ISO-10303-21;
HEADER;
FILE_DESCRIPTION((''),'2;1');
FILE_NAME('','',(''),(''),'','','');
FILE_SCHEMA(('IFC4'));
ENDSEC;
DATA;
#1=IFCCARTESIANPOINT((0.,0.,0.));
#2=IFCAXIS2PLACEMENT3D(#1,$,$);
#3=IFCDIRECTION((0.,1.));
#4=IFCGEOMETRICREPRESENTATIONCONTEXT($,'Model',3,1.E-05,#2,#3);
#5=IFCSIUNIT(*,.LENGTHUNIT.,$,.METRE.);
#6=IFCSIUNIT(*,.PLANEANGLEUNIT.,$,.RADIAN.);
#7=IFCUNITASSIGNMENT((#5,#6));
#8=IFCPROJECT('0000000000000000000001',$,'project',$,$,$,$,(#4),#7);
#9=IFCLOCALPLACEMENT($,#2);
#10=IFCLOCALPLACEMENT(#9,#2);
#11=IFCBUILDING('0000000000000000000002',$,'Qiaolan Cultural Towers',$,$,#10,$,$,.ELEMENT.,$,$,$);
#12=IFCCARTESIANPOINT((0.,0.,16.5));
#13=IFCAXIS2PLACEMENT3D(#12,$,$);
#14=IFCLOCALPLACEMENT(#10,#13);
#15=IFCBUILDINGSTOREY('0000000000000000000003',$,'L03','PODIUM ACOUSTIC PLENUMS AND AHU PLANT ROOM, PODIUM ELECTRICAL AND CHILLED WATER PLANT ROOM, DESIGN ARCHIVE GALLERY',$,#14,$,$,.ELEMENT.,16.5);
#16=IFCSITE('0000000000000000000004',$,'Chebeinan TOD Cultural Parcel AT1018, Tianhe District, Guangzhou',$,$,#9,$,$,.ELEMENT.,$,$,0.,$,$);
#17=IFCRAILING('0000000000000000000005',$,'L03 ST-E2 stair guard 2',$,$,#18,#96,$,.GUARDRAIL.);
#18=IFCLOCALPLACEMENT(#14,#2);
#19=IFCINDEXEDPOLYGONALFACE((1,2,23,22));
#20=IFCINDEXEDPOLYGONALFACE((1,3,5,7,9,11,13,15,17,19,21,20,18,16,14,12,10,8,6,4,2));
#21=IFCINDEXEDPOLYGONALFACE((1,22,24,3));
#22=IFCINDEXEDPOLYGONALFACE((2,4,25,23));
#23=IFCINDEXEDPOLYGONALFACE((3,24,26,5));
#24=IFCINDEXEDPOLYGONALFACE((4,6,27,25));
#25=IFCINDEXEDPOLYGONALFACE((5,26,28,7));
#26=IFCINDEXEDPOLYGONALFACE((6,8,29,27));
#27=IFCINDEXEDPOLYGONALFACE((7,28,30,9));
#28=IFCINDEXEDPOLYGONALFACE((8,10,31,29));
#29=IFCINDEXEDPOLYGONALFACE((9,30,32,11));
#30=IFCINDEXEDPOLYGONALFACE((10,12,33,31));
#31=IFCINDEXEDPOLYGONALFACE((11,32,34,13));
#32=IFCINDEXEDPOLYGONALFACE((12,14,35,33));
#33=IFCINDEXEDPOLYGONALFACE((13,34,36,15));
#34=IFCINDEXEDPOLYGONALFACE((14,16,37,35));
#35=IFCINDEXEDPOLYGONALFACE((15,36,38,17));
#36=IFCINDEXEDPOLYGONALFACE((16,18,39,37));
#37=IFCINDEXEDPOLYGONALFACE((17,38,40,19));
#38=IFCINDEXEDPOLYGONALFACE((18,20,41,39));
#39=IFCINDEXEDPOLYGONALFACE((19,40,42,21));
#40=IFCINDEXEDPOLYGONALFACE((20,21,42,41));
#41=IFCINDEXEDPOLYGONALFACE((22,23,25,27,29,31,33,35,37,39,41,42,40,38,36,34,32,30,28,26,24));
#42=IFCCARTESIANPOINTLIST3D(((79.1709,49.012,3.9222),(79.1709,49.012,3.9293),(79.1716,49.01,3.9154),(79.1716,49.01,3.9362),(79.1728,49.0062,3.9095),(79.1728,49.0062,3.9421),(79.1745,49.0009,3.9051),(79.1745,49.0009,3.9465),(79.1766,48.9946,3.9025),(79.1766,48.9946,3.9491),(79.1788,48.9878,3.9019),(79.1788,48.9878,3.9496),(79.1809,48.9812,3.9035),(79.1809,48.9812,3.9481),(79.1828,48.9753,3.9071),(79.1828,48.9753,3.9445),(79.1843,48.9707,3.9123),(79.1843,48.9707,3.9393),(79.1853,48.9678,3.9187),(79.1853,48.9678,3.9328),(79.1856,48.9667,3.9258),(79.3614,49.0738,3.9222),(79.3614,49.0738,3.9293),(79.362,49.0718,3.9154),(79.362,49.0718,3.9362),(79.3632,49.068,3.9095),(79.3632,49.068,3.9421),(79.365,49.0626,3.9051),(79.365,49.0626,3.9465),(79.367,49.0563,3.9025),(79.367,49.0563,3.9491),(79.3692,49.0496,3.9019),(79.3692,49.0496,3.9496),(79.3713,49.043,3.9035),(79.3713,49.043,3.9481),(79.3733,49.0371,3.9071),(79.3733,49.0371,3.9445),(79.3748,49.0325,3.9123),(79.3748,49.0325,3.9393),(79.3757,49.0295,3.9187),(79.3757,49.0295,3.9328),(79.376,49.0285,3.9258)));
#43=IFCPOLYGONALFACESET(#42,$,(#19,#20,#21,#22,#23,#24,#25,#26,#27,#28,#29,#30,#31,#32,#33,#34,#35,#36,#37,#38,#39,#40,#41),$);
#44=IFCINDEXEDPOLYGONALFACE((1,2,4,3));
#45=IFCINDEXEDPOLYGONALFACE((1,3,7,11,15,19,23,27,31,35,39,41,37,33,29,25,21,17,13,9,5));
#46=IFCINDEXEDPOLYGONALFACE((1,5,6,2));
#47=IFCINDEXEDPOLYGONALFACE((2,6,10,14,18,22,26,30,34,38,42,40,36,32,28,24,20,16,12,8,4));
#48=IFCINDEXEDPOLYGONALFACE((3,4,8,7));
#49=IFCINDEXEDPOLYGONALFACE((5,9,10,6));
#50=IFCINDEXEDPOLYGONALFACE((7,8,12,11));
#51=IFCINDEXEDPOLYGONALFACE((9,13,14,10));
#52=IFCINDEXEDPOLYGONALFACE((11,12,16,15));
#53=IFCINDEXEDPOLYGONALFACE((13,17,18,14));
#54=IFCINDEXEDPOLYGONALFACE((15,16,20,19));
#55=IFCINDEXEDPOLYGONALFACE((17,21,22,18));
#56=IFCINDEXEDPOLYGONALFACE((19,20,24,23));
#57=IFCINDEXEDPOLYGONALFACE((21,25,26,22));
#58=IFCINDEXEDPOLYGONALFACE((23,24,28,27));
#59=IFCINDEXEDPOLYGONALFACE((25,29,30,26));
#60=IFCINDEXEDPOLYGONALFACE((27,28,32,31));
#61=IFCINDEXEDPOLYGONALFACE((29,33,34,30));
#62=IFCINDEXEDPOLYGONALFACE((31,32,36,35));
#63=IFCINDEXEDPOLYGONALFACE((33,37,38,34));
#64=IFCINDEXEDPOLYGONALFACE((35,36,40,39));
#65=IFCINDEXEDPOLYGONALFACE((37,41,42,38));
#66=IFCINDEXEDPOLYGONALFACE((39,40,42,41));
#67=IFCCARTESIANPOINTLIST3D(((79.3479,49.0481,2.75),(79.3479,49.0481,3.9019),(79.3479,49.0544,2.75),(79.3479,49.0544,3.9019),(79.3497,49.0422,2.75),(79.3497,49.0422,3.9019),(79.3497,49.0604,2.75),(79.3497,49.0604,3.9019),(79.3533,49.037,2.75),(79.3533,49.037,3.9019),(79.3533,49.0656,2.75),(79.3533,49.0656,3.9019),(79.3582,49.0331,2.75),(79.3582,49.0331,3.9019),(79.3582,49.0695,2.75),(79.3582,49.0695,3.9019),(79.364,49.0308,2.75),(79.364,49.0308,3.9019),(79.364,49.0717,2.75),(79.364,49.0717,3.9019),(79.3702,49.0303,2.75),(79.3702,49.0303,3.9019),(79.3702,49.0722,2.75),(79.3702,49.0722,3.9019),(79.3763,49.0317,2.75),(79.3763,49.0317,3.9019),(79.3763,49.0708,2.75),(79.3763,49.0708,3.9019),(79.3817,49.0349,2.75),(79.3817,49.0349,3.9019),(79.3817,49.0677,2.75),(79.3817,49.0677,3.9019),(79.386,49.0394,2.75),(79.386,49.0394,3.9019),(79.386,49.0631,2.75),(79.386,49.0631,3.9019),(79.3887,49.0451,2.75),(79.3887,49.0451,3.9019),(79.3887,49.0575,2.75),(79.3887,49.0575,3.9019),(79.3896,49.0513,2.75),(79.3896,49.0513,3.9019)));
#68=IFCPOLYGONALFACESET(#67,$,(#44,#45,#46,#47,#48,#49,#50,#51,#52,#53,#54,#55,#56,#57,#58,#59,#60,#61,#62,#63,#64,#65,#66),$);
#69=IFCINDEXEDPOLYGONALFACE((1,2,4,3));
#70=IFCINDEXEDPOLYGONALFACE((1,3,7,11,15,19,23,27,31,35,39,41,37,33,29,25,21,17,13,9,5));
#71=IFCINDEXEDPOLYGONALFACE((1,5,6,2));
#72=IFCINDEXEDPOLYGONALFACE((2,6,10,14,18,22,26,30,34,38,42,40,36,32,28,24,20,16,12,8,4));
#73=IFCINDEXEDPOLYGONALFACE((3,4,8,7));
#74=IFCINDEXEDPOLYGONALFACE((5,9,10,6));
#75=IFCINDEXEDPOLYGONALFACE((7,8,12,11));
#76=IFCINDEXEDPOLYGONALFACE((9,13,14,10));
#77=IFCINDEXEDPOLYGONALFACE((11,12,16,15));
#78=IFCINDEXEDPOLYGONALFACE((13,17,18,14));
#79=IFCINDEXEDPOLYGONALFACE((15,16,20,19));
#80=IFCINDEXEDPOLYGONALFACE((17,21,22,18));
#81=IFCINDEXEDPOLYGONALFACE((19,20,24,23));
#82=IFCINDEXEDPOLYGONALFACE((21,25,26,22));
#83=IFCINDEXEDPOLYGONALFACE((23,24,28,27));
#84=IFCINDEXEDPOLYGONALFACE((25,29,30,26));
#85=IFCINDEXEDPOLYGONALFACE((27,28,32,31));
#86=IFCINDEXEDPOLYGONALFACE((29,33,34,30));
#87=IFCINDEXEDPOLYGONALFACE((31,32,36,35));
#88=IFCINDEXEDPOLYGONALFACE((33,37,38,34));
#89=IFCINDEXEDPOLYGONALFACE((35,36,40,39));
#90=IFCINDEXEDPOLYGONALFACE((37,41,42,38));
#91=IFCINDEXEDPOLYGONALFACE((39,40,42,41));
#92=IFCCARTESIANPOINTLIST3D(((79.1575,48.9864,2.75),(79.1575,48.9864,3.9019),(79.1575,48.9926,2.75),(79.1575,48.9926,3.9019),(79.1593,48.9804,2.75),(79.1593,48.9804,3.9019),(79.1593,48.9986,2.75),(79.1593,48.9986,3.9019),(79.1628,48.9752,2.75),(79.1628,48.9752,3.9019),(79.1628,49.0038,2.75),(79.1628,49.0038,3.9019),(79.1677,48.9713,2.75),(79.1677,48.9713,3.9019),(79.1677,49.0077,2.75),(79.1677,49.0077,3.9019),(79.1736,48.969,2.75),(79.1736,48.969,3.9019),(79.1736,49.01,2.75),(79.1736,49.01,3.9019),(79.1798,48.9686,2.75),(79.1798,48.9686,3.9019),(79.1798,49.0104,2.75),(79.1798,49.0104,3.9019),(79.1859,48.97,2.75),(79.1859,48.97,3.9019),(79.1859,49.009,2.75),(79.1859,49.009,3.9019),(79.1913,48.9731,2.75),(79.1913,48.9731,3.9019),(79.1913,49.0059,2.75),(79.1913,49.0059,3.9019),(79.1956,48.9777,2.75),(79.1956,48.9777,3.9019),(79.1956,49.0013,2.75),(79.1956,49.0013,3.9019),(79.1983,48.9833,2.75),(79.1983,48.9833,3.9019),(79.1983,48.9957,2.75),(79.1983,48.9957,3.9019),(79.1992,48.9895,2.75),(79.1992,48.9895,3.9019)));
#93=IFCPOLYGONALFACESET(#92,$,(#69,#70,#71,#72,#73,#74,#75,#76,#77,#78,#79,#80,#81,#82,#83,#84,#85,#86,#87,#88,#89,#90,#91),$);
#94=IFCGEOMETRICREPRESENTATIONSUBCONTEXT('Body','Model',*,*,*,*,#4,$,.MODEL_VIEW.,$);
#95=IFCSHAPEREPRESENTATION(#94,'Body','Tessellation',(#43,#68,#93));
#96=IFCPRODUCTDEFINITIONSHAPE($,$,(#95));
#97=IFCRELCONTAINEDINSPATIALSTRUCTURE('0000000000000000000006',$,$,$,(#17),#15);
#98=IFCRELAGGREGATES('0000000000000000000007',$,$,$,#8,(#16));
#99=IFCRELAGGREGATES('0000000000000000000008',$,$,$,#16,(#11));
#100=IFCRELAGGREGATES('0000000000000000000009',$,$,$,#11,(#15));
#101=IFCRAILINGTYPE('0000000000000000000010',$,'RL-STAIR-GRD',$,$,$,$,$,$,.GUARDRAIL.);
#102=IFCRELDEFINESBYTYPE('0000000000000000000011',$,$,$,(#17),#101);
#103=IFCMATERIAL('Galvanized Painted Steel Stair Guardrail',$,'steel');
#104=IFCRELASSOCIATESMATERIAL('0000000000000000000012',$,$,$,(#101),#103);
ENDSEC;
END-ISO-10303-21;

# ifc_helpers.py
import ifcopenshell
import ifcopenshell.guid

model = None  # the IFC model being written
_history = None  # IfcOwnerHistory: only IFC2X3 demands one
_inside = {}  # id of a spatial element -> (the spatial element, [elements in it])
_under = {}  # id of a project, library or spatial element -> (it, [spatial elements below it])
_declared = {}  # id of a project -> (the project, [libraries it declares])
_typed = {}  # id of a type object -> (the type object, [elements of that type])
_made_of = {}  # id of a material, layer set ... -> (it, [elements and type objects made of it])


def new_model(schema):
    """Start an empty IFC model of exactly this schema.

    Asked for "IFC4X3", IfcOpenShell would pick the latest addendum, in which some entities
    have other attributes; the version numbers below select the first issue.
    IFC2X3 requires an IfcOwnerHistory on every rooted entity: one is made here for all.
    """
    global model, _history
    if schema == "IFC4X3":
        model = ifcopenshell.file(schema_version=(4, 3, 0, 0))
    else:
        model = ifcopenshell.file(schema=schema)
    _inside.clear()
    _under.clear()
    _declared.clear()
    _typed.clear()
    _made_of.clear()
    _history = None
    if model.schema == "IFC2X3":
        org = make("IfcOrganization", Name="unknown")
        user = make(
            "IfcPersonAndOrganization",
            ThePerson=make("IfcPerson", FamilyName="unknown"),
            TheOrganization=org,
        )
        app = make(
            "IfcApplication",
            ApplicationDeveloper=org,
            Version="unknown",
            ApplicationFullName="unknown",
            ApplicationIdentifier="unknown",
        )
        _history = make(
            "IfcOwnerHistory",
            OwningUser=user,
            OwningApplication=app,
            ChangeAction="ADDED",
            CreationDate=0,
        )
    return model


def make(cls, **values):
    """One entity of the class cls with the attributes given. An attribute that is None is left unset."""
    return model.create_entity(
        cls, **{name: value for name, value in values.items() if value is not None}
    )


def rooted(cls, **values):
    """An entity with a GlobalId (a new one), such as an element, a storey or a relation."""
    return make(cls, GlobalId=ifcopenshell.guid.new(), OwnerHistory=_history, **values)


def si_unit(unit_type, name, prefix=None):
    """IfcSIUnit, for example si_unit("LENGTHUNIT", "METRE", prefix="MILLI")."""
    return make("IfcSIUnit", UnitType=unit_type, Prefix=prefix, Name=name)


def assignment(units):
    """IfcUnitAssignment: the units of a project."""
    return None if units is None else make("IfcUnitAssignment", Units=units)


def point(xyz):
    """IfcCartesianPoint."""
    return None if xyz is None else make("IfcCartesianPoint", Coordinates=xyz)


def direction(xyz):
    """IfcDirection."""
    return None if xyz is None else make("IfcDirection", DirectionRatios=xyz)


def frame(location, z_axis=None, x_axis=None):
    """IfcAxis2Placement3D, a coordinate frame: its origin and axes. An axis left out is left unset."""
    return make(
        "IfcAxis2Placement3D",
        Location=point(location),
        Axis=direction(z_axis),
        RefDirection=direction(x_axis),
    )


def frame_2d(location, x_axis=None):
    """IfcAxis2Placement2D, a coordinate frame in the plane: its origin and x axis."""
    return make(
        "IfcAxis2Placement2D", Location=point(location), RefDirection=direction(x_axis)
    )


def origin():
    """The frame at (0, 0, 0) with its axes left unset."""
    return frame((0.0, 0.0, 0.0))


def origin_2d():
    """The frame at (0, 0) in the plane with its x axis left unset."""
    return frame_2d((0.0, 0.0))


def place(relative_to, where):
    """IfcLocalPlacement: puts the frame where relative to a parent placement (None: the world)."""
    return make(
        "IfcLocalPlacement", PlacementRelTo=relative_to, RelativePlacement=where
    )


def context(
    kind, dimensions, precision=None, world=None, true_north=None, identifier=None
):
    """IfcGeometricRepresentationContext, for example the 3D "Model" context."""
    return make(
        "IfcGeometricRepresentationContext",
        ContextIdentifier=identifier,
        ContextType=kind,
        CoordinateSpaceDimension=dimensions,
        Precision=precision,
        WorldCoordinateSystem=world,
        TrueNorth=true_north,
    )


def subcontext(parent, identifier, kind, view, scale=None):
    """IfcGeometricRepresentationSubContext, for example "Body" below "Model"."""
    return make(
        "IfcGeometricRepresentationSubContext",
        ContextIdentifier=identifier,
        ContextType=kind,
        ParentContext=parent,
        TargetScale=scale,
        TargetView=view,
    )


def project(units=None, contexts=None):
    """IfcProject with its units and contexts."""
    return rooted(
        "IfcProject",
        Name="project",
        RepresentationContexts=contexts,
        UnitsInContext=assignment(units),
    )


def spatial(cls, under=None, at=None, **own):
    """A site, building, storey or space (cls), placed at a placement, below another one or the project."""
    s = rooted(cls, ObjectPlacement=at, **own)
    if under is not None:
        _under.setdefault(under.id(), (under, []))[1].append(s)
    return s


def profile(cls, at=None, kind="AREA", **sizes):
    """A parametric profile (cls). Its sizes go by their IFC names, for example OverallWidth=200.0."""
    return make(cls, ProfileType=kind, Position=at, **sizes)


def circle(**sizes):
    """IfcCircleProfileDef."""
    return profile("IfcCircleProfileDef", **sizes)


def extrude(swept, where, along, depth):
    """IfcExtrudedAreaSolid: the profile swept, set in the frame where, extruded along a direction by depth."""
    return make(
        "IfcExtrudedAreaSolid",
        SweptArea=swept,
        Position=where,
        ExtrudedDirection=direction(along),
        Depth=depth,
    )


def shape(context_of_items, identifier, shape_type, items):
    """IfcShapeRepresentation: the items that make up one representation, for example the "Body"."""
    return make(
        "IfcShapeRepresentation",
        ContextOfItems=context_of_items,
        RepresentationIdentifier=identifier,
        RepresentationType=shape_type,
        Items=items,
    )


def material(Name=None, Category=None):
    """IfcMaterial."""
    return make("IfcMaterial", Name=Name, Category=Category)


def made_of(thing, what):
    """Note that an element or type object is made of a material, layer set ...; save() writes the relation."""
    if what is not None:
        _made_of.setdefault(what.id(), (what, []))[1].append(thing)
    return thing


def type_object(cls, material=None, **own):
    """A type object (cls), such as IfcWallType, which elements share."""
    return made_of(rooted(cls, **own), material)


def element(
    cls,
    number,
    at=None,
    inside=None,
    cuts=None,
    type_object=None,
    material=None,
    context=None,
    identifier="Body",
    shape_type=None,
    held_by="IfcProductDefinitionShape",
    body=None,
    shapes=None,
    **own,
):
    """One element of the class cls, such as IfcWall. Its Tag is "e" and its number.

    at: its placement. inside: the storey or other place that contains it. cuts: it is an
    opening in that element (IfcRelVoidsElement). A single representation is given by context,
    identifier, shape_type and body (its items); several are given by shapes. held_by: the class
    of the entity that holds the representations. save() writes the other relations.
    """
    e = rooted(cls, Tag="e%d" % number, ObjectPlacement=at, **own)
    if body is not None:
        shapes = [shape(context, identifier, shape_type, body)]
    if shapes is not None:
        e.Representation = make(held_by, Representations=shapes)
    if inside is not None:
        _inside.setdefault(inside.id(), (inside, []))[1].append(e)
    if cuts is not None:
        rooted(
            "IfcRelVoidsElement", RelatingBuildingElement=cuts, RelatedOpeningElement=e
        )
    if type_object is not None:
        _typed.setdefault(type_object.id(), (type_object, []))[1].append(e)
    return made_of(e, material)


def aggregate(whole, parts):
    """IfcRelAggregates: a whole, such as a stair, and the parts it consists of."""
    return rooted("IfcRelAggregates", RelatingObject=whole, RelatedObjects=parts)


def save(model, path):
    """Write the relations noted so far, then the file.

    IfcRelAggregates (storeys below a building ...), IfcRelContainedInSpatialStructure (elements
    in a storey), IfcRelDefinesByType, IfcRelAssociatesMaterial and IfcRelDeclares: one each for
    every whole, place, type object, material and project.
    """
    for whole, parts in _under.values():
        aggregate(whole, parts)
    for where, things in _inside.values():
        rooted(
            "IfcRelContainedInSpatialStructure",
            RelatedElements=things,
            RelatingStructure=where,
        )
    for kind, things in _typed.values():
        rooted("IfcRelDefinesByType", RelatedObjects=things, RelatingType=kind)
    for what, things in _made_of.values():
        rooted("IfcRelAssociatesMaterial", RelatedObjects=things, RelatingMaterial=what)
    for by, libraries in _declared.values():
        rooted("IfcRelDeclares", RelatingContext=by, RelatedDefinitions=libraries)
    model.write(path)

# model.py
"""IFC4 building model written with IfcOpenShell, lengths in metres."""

from ifc_helpers import new_model, si_unit, direction, frame, origin, origin_2d, place, context, subcontext, project, spatial, circle, extrude, material, type_object, element, save


model = new_model("IFC4")

# Units and contexts
model_context = context("Model", 3, precision=1e-05, world=origin(), true_north=direction((0.0, 1.0)))
body_context = subcontext(model_context, "Body", "Model", "MODEL_VIEW")
ifc_project = project(units=[si_unit("LENGTHUNIT", "METRE"), si_unit("PLANEANGLEUNIT", "RADIAN")], contexts=[model_context])

# Site, building, storey
site_placement = place(None, origin())
site = spatial("IfcSite", under=ifc_project, at=site_placement, Name="Chebeinan TOD Cultural Parcel AT1018, Tianhe District, Guangzhou", CompositionType="ELEMENT", RefElevation=0.0)
building_placement = place(site_placement, origin())
building = spatial("IfcBuilding", under=site, at=building_placement, Name="Qiaolan Cultural Towers", CompositionType="ELEMENT")
storey_placement = place(building_placement, frame((0.0, 0.0, 16.5)))
storey = spatial("IfcBuildingStorey", under=building, at=storey_placement, Name="L03", Description="PODIUM ACOUSTIC PLENUMS AND AHU PLANT ROOM, PODIUM ELECTRICAL AND CHILLED WATER PLANT ROOM, DESIGN ARCHIVE GALLERY", CompositionType="ELEMENT", Elevation=16.5)

# Railing
ifc_material_1 = material(Name="Galvanized Painted Steel Stair Guardrail", Category="steel")
railing_type_1 = type_object("IfcRailingType", Name="RL-STAIR-GRD", PredefinedType="GUARDRAIL", material=ifc_material_1)
railing_1_placement = place(storey_placement, frame((79.3687, 49.0513, 2.75)))
element("IfcRailing", 1, at=railing_1_placement, inside=storey, type_object=railing_type_1, Name="L03 ST-E2 stair guard 2", PredefinedType="GUARDRAIL", context=body_context, shape_type="SweptSolid", body=[
    extrude(circle(Radius=0.0239, at=origin_2d()), frame((0.0, 0.0, 1.1758), z_axis=(-0.951213, -0.308535, 0.0), x_axis=(0.308535, -0.951213, 0.0)), (0.0, 0.0, 1.0), 0.2002),
    extrude(circle(Radius=0.021, at=origin_2d()), origin(), (0.0, 0.0, 1.0), 1.1519),
    extrude(circle(Radius=0.021, at=origin_2d()), frame((-0.1904, -0.0618, 0.0)), (0.0, 0.0, 1.0), 1.1519),
])

save(model, "model.ifc")
